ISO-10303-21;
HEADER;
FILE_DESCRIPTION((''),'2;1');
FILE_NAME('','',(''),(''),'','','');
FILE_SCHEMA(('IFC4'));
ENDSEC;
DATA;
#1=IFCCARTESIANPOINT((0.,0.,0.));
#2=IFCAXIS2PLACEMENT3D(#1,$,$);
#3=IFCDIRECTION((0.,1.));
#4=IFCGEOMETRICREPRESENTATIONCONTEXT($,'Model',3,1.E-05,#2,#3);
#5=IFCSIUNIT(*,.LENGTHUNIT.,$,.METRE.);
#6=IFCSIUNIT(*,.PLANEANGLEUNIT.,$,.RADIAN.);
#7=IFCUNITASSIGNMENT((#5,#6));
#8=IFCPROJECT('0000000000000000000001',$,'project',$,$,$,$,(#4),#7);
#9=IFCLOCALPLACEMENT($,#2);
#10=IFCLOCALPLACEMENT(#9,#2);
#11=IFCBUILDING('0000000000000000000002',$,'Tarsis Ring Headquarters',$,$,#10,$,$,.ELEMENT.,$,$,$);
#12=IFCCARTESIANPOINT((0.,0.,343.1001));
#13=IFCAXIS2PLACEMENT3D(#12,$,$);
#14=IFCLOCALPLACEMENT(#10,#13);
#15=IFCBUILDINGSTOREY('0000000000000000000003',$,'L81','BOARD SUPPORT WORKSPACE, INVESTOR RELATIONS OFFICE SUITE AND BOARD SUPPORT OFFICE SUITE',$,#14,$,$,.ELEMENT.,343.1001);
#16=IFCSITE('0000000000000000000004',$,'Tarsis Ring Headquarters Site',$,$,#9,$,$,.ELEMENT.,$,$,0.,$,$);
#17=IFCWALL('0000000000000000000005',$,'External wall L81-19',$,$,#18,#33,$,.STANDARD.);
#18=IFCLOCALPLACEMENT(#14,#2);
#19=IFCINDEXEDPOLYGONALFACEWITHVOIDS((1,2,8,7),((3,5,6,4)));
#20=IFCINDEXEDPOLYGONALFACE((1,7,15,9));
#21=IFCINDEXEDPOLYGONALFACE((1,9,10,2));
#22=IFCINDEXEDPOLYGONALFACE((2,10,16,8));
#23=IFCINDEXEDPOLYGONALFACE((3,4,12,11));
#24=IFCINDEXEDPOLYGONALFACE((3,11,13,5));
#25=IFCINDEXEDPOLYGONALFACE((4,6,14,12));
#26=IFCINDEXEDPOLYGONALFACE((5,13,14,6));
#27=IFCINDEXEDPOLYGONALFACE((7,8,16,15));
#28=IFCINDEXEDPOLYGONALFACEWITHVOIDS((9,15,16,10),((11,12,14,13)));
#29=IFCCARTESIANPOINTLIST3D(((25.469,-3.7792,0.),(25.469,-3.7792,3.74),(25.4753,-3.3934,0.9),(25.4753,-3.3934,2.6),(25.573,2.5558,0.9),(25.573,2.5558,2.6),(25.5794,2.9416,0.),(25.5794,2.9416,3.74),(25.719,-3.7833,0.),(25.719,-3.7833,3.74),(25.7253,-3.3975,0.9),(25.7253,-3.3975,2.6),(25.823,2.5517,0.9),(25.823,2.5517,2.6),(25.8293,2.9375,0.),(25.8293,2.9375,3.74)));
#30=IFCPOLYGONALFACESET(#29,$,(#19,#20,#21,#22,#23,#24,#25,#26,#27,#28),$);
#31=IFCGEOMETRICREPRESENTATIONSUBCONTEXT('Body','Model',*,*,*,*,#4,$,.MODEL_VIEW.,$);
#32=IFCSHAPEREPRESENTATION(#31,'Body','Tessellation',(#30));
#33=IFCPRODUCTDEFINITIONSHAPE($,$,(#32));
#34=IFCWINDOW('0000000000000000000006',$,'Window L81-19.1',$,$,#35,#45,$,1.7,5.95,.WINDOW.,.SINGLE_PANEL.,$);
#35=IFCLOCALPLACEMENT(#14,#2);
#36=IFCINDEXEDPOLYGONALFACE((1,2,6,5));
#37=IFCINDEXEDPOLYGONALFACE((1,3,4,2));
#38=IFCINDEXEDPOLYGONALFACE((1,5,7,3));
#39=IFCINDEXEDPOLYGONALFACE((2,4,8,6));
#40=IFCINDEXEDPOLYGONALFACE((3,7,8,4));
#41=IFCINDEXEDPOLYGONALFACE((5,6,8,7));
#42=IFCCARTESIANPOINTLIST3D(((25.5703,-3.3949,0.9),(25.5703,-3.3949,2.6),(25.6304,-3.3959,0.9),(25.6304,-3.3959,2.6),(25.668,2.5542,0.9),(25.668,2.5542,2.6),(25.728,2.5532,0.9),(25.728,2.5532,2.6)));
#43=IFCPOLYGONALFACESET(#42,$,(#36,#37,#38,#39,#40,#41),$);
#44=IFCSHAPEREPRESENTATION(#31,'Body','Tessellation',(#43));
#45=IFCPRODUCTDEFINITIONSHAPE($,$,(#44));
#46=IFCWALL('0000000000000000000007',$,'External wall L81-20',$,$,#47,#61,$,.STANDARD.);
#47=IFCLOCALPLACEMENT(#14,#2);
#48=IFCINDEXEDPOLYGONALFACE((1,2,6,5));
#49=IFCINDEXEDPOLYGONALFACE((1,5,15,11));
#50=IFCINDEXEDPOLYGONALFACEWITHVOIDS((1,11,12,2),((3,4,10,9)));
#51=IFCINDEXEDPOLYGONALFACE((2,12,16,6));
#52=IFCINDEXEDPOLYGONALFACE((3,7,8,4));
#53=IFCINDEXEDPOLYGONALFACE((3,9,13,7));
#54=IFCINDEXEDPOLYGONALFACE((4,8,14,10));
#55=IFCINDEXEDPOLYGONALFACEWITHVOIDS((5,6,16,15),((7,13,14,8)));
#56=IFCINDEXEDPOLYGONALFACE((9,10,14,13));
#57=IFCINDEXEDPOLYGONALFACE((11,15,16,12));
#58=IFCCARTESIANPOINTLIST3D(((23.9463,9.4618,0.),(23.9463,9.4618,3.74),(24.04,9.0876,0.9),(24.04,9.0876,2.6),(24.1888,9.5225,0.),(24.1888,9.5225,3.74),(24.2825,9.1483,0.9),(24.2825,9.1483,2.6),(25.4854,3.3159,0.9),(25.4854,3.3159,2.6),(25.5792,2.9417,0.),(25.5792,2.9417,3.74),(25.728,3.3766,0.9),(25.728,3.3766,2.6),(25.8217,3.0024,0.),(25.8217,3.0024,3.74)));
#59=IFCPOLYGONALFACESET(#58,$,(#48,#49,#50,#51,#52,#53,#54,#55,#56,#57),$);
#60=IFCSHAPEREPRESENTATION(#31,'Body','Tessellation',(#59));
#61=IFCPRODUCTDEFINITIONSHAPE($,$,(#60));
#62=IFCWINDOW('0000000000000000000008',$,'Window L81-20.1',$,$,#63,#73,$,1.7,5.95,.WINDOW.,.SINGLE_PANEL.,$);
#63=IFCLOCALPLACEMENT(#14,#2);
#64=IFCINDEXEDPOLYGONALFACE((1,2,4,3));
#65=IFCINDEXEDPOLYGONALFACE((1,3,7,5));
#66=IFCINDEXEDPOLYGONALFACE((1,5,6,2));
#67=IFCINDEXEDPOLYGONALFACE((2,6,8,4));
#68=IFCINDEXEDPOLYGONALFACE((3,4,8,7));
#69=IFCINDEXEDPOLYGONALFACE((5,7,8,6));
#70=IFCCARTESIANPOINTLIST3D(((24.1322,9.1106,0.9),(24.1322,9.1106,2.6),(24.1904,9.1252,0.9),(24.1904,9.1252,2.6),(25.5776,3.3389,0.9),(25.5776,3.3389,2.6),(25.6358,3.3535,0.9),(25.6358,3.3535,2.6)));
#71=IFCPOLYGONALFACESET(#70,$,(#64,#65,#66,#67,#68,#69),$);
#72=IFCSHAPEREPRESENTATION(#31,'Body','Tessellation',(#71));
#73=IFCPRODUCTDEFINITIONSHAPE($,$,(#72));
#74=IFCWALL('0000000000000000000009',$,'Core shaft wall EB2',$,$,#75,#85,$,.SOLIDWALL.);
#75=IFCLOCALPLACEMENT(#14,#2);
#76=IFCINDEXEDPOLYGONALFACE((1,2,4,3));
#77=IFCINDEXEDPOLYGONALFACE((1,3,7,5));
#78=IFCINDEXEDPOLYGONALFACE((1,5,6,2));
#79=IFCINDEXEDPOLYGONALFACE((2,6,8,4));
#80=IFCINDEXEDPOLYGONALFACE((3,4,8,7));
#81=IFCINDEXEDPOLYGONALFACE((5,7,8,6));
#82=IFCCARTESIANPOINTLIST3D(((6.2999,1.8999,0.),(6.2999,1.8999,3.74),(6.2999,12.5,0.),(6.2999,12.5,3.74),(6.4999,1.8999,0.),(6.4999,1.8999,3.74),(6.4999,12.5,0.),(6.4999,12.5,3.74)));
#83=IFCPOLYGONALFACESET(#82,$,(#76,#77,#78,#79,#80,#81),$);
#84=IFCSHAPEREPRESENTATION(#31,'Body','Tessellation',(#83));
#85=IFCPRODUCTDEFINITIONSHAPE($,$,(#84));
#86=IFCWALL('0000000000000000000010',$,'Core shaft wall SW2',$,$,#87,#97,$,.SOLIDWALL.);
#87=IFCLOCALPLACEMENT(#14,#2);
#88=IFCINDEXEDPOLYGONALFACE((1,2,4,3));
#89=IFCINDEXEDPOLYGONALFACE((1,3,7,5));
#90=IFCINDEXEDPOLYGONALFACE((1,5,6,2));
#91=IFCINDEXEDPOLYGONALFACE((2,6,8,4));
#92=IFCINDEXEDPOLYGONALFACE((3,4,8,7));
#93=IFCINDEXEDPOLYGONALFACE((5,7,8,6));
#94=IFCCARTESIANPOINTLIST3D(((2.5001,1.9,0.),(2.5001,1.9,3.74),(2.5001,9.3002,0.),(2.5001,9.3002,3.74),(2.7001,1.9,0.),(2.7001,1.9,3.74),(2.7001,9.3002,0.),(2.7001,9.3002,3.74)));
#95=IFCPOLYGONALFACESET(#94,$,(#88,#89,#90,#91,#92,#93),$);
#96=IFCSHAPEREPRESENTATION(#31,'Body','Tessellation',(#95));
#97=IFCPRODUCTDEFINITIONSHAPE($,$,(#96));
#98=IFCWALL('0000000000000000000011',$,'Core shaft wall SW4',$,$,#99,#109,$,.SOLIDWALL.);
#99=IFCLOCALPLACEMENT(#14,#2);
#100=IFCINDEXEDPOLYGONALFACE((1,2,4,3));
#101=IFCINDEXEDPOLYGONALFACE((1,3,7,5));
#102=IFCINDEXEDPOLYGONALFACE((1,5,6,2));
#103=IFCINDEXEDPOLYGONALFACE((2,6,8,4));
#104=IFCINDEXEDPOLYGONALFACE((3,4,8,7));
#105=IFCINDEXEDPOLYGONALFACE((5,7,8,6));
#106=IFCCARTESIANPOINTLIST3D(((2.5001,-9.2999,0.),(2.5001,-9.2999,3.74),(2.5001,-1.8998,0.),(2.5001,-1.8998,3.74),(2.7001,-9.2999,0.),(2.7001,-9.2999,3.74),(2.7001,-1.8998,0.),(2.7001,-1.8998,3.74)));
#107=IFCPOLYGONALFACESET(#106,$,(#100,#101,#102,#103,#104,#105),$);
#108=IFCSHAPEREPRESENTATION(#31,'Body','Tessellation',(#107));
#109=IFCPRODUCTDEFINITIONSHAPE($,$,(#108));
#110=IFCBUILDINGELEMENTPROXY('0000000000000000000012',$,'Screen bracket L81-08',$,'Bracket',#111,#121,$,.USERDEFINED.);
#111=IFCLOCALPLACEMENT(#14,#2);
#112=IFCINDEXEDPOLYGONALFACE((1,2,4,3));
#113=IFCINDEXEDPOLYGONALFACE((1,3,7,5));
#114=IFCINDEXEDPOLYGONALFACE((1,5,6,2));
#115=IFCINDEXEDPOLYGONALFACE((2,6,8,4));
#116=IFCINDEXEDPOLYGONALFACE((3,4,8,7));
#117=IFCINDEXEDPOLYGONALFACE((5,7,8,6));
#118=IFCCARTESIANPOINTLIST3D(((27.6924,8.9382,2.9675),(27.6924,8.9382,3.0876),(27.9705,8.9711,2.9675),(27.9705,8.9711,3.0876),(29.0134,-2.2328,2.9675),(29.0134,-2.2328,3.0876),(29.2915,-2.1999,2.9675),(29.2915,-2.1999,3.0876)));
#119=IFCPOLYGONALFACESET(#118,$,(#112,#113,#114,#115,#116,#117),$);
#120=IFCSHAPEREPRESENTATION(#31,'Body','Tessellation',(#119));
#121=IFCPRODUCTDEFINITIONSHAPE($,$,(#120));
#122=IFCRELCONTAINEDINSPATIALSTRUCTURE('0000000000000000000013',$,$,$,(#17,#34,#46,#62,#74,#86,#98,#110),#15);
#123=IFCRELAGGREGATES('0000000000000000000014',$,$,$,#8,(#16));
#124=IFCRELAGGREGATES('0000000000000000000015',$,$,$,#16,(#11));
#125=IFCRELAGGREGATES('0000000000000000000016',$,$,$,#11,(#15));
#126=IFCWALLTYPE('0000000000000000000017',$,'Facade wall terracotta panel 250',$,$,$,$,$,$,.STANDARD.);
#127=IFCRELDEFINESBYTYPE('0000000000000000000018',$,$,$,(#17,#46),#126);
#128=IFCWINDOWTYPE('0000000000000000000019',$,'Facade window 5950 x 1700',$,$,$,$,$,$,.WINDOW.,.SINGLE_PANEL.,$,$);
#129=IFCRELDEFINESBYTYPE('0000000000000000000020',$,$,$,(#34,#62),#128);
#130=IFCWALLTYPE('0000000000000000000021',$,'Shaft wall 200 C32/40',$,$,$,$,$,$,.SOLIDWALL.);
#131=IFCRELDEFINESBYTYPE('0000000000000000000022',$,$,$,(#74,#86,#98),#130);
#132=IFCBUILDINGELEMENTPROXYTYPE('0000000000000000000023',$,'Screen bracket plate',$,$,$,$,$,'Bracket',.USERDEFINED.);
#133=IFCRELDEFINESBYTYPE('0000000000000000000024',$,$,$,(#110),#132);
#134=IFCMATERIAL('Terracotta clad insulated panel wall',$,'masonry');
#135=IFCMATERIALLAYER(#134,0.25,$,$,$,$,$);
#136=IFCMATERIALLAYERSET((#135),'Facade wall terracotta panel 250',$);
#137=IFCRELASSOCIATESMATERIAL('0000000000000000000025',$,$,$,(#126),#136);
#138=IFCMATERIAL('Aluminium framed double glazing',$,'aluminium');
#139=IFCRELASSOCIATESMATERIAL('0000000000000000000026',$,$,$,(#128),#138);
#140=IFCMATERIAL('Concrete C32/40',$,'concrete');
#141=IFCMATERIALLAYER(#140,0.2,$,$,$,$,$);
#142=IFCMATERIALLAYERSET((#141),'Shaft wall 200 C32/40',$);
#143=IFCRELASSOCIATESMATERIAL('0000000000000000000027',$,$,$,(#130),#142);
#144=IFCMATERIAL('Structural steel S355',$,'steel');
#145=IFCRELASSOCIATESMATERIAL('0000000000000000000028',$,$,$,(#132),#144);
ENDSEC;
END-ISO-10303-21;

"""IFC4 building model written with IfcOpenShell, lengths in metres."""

from ifc_helpers import new_model, si_unit, direction, frame, frame_2d, origin, origin_2d, place, context, subcontext, project, spatial, rectangle, extrude, material, layer, layer_set, type_object, element, fill, save


model = new_model("IFC4")

# Units and contexts
model_context = context("Model", 3, precision=1e-05, world=origin(), true_north=direction((0.0, 1.0)))
body_context = subcontext(model_context, "Body", "Model", "MODEL_VIEW")
ifc_project = project(units=[si_unit("LENGTHUNIT", "METRE"), si_unit("PLANEANGLEUNIT", "RADIAN")], contexts=[model_context])

# Site, building, storey
site_placement = place(None, origin())
site = spatial("IfcSite", under=ifc_project, at=site_placement, Name="Tarsis Ring Headquarters Site", CompositionType="ELEMENT", RefElevation=0.0)
building_placement = place(site_placement, origin())
building = spatial("IfcBuilding", under=site, at=building_placement, Name="Tarsis Ring Headquarters", CompositionType="ELEMENT")
storey_placement = place(building_placement, frame((0.0, 0.0, 343.1001)))
storey = spatial("IfcBuildingStorey", under=building, at=storey_placement, Name="L81", Description="BOARD SUPPORT WORKSPACE, INVESTOR RELATIONS OFFICE SUITE AND BOARD SUPPORT OFFICE SUITE", CompositionType="ELEMENT", Elevation=343.1001)

# Shared definitions
ifc_material_1 = material(Name="Structural steel S355", Category="steel")

# Walls, openings, windows
ifc_material_2 = material(Name="Terracotta clad insulated panel wall", Category="masonry")
ifc_layer_1 = layer(ifc_material_2, 0.25)
ifc_layer_set_1 = layer_set([ifc_layer_1], Name="Facade wall terracotta panel 250")
wall_type_1 = type_object("IfcWallType", Name="Facade wall terracotta panel 250", PredefinedType="STANDARD", material=ifc_layer_set_1)
ifc_material_3 = material(Name="Aluminium framed double glazing", Category="aluminium")
window_type = type_object("IfcWindowType", Name="Facade window 5950 x 1700", PartitioningType="SINGLE_PANEL", PredefinedType="WINDOW", material=ifc_material_3)
wall_1_placement = place(storey_placement, frame((25.594, -3.7812, 0.0), z_axis=(0.0, 0.0, 1.0), x_axis=(0.016417, 0.999865, 0.0)))
wall_1 = element("IfcWall", 1, at=wall_1_placement, inside=storey, type_object=wall_type_1, Name="External wall L81-19", PredefinedType="STANDARD", context=body_context, shape_type="SweptSolid", body=[
    extrude(rectangle(XDim=6.7217, YDim=0.25, at=frame_2d((3.3608, 0.0))), origin(), (0.0, 0.0, 1.0), 3.74),
])
opening_1_placement = place(wall_1_placement, frame((0.3857, 0.0, 0.8999)))
opening_1 = element("IfcOpeningElement", 2, at=opening_1_placement, cuts=wall_1, PredefinedType="OPENING", context=body_context, shape_type="SweptSolid", body=[
    extrude(rectangle(XDim=5.95, YDim=1.7, at=frame_2d((2.9751, 0.8501))), frame((0.0, 0.135, 0.0), z_axis=(0.0, -1.0, 0.0), x_axis=(1.0, 0.0, 0.0)), (0.0, 0.0, 1.0), 0.27),
])
window_1_placement = place(opening_1_placement, origin())
window_1 = element("IfcWindow", 3, at=window_1_placement, inside=storey, type_object=window_type, Name="Window L81-19.1", OverallHeight=1.7, OverallWidth=5.95, PartitioningType="SINGLE_PANEL", PredefinedType="WINDOW", context=body_context, shape_type="SweptSolid", body=[
    extrude(rectangle(XDim=5.95, YDim=1.7, at=frame_2d((2.9751, 0.8501))), frame((0.0, 0.03, 0.0), z_axis=(0.0, -1.0, 0.0), x_axis=(1.0, 0.0, 0.0)), (0.0, 0.0, 1.0), 0.0601),
])
fill(opening_1, window_1)
wall_2_placement = place(storey_placement, frame((25.7004, 2.9719, 0.0), z_axis=(0.0, 0.0, 1.0), x_axis=(-0.242929, 0.970044, 0.0)))
wall_2 = element("IfcWall", 4, at=wall_2_placement, inside=storey, type_object=wall_type_1, Name="External wall L81-20", PredefinedType="STANDARD", context=body_context, shape_type="SweptSolid", body=[
    extrude(rectangle(XDim=6.7214, YDim=0.25, at=frame_2d((3.3608, 0.0))), origin(), (0.0, 0.0, 1.0), 3.74),
])
opening_2_placement = place(wall_2_placement, frame((0.3857, 0.0, 0.8999)))
opening_2 = element("IfcOpeningElement", 5, at=opening_2_placement, cuts=wall_2, PredefinedType="OPENING", context=body_context, shape_type="SweptSolid", body=[
    extrude(rectangle(XDim=5.95, YDim=1.7, at=frame_2d((2.9751, 0.8501))), frame((0.0, 0.135, 0.0), z_axis=(0.0, -1.0, 0.0), x_axis=(1.0, 0.0, 0.0)), (0.0, 0.0, 1.0), 0.27),
])
window_2_placement = place(opening_2_placement, origin())
window_2 = element("IfcWindow", 6, at=window_2_placement, inside=storey, type_object=window_type, Name="Window L81-20.1", OverallHeight=1.7, OverallWidth=5.95, PartitioningType="SINGLE_PANEL", PredefinedType="WINDOW", context=body_context, shape_type="SweptSolid", body=[
    extrude(rectangle(XDim=5.95, YDim=1.7, at=frame_2d((2.9751, 0.8501))), frame((0.0, 0.03, 0.0), z_axis=(0.0, -1.0, 0.0), x_axis=(1.0, 0.0, 0.0)), (0.0, 0.0, 1.0), 0.0601),
])
fill(opening_2, window_2)

# Walls
ifc_material_4 = material(Name="Concrete C32/40", Category="concrete")
ifc_layer_2 = layer(ifc_material_4, 0.2)
ifc_layer_set_2 = layer_set([ifc_layer_2], Name="Shaft wall 200 C32/40")
wall_type_2 = type_object("IfcWallType", Name="Shaft wall 200 C32/40", PredefinedType="SOLIDWALL", material=ifc_layer_set_2)
wall_3_placement = place(storey_placement, frame((6.3999, 1.8999, 0.0), z_axis=(0.0, 0.0, 1.0), x_axis=(0.0, 1.0, 0.0)))
element("IfcWall", 7, at=wall_3_placement, inside=storey, type_object=wall_type_2, Name="Core shaft wall EB2", PredefinedType="SOLIDWALL", context=body_context, shape_type="SweptSolid", body=[
    extrude(rectangle(XDim=10.6001, YDim=0.2, at=frame_2d((5.3, 0.0))), origin(), (0.0, 0.0, 1.0), 3.74),
])
for number, where, z_axis, x_axis, name in (
    (8, (2.6001, 1.8999, 0.0), (0.0, 0.0, 1.0), (0.0, 1.0, 0.0), "Core shaft wall SW2"),
    (9, (2.6001, -9.3, 0.0), (0.0, 0.0, 1.0), (0.0, 1.0, 0.0), "Core shaft wall SW4"),
):
    element("IfcWall", number, at=place(storey_placement, frame(where, z_axis=z_axis, x_axis=x_axis)), inside=storey, type_object=wall_type_2, Name=name, PredefinedType="SOLIDWALL", context=body_context, shape_type="SweptSolid", body=[
        extrude(rectangle(XDim=7.4001, YDim=0.2, at=frame_2d((3.7002, 0.0))), origin(), (0.0, 0.0, 1.0), 3.74),
    ])

# Building element proxy
building_element_proxy_type = type_object("IfcBuildingElementProxyType", Name="Screen bracket plate", ElementType="Bracket", PredefinedType="USERDEFINED", material=ifc_material_1)
proxy_placement = place(storey_placement, frame((28.4919, 3.3691, 2.9675), z_axis=(0.0, 0.0, 1.0), x_axis=(-0.11743, 0.993081, 0.0)))
element("IfcBuildingElementProxy", 10, at=proxy_placement, inside=storey, type_object=building_element_proxy_type, Name="Screen bracket L81-08", ObjectType="Bracket", PredefinedType="USERDEFINED", context=body_context, shape_type="SweptSolid", body=[
    extrude(rectangle(XDim=11.2488, YDim=0.28, at=origin_2d()), origin(), (0.0, 0.0, 1.0), 0.1201),
])

save(model, "model.ifc")
